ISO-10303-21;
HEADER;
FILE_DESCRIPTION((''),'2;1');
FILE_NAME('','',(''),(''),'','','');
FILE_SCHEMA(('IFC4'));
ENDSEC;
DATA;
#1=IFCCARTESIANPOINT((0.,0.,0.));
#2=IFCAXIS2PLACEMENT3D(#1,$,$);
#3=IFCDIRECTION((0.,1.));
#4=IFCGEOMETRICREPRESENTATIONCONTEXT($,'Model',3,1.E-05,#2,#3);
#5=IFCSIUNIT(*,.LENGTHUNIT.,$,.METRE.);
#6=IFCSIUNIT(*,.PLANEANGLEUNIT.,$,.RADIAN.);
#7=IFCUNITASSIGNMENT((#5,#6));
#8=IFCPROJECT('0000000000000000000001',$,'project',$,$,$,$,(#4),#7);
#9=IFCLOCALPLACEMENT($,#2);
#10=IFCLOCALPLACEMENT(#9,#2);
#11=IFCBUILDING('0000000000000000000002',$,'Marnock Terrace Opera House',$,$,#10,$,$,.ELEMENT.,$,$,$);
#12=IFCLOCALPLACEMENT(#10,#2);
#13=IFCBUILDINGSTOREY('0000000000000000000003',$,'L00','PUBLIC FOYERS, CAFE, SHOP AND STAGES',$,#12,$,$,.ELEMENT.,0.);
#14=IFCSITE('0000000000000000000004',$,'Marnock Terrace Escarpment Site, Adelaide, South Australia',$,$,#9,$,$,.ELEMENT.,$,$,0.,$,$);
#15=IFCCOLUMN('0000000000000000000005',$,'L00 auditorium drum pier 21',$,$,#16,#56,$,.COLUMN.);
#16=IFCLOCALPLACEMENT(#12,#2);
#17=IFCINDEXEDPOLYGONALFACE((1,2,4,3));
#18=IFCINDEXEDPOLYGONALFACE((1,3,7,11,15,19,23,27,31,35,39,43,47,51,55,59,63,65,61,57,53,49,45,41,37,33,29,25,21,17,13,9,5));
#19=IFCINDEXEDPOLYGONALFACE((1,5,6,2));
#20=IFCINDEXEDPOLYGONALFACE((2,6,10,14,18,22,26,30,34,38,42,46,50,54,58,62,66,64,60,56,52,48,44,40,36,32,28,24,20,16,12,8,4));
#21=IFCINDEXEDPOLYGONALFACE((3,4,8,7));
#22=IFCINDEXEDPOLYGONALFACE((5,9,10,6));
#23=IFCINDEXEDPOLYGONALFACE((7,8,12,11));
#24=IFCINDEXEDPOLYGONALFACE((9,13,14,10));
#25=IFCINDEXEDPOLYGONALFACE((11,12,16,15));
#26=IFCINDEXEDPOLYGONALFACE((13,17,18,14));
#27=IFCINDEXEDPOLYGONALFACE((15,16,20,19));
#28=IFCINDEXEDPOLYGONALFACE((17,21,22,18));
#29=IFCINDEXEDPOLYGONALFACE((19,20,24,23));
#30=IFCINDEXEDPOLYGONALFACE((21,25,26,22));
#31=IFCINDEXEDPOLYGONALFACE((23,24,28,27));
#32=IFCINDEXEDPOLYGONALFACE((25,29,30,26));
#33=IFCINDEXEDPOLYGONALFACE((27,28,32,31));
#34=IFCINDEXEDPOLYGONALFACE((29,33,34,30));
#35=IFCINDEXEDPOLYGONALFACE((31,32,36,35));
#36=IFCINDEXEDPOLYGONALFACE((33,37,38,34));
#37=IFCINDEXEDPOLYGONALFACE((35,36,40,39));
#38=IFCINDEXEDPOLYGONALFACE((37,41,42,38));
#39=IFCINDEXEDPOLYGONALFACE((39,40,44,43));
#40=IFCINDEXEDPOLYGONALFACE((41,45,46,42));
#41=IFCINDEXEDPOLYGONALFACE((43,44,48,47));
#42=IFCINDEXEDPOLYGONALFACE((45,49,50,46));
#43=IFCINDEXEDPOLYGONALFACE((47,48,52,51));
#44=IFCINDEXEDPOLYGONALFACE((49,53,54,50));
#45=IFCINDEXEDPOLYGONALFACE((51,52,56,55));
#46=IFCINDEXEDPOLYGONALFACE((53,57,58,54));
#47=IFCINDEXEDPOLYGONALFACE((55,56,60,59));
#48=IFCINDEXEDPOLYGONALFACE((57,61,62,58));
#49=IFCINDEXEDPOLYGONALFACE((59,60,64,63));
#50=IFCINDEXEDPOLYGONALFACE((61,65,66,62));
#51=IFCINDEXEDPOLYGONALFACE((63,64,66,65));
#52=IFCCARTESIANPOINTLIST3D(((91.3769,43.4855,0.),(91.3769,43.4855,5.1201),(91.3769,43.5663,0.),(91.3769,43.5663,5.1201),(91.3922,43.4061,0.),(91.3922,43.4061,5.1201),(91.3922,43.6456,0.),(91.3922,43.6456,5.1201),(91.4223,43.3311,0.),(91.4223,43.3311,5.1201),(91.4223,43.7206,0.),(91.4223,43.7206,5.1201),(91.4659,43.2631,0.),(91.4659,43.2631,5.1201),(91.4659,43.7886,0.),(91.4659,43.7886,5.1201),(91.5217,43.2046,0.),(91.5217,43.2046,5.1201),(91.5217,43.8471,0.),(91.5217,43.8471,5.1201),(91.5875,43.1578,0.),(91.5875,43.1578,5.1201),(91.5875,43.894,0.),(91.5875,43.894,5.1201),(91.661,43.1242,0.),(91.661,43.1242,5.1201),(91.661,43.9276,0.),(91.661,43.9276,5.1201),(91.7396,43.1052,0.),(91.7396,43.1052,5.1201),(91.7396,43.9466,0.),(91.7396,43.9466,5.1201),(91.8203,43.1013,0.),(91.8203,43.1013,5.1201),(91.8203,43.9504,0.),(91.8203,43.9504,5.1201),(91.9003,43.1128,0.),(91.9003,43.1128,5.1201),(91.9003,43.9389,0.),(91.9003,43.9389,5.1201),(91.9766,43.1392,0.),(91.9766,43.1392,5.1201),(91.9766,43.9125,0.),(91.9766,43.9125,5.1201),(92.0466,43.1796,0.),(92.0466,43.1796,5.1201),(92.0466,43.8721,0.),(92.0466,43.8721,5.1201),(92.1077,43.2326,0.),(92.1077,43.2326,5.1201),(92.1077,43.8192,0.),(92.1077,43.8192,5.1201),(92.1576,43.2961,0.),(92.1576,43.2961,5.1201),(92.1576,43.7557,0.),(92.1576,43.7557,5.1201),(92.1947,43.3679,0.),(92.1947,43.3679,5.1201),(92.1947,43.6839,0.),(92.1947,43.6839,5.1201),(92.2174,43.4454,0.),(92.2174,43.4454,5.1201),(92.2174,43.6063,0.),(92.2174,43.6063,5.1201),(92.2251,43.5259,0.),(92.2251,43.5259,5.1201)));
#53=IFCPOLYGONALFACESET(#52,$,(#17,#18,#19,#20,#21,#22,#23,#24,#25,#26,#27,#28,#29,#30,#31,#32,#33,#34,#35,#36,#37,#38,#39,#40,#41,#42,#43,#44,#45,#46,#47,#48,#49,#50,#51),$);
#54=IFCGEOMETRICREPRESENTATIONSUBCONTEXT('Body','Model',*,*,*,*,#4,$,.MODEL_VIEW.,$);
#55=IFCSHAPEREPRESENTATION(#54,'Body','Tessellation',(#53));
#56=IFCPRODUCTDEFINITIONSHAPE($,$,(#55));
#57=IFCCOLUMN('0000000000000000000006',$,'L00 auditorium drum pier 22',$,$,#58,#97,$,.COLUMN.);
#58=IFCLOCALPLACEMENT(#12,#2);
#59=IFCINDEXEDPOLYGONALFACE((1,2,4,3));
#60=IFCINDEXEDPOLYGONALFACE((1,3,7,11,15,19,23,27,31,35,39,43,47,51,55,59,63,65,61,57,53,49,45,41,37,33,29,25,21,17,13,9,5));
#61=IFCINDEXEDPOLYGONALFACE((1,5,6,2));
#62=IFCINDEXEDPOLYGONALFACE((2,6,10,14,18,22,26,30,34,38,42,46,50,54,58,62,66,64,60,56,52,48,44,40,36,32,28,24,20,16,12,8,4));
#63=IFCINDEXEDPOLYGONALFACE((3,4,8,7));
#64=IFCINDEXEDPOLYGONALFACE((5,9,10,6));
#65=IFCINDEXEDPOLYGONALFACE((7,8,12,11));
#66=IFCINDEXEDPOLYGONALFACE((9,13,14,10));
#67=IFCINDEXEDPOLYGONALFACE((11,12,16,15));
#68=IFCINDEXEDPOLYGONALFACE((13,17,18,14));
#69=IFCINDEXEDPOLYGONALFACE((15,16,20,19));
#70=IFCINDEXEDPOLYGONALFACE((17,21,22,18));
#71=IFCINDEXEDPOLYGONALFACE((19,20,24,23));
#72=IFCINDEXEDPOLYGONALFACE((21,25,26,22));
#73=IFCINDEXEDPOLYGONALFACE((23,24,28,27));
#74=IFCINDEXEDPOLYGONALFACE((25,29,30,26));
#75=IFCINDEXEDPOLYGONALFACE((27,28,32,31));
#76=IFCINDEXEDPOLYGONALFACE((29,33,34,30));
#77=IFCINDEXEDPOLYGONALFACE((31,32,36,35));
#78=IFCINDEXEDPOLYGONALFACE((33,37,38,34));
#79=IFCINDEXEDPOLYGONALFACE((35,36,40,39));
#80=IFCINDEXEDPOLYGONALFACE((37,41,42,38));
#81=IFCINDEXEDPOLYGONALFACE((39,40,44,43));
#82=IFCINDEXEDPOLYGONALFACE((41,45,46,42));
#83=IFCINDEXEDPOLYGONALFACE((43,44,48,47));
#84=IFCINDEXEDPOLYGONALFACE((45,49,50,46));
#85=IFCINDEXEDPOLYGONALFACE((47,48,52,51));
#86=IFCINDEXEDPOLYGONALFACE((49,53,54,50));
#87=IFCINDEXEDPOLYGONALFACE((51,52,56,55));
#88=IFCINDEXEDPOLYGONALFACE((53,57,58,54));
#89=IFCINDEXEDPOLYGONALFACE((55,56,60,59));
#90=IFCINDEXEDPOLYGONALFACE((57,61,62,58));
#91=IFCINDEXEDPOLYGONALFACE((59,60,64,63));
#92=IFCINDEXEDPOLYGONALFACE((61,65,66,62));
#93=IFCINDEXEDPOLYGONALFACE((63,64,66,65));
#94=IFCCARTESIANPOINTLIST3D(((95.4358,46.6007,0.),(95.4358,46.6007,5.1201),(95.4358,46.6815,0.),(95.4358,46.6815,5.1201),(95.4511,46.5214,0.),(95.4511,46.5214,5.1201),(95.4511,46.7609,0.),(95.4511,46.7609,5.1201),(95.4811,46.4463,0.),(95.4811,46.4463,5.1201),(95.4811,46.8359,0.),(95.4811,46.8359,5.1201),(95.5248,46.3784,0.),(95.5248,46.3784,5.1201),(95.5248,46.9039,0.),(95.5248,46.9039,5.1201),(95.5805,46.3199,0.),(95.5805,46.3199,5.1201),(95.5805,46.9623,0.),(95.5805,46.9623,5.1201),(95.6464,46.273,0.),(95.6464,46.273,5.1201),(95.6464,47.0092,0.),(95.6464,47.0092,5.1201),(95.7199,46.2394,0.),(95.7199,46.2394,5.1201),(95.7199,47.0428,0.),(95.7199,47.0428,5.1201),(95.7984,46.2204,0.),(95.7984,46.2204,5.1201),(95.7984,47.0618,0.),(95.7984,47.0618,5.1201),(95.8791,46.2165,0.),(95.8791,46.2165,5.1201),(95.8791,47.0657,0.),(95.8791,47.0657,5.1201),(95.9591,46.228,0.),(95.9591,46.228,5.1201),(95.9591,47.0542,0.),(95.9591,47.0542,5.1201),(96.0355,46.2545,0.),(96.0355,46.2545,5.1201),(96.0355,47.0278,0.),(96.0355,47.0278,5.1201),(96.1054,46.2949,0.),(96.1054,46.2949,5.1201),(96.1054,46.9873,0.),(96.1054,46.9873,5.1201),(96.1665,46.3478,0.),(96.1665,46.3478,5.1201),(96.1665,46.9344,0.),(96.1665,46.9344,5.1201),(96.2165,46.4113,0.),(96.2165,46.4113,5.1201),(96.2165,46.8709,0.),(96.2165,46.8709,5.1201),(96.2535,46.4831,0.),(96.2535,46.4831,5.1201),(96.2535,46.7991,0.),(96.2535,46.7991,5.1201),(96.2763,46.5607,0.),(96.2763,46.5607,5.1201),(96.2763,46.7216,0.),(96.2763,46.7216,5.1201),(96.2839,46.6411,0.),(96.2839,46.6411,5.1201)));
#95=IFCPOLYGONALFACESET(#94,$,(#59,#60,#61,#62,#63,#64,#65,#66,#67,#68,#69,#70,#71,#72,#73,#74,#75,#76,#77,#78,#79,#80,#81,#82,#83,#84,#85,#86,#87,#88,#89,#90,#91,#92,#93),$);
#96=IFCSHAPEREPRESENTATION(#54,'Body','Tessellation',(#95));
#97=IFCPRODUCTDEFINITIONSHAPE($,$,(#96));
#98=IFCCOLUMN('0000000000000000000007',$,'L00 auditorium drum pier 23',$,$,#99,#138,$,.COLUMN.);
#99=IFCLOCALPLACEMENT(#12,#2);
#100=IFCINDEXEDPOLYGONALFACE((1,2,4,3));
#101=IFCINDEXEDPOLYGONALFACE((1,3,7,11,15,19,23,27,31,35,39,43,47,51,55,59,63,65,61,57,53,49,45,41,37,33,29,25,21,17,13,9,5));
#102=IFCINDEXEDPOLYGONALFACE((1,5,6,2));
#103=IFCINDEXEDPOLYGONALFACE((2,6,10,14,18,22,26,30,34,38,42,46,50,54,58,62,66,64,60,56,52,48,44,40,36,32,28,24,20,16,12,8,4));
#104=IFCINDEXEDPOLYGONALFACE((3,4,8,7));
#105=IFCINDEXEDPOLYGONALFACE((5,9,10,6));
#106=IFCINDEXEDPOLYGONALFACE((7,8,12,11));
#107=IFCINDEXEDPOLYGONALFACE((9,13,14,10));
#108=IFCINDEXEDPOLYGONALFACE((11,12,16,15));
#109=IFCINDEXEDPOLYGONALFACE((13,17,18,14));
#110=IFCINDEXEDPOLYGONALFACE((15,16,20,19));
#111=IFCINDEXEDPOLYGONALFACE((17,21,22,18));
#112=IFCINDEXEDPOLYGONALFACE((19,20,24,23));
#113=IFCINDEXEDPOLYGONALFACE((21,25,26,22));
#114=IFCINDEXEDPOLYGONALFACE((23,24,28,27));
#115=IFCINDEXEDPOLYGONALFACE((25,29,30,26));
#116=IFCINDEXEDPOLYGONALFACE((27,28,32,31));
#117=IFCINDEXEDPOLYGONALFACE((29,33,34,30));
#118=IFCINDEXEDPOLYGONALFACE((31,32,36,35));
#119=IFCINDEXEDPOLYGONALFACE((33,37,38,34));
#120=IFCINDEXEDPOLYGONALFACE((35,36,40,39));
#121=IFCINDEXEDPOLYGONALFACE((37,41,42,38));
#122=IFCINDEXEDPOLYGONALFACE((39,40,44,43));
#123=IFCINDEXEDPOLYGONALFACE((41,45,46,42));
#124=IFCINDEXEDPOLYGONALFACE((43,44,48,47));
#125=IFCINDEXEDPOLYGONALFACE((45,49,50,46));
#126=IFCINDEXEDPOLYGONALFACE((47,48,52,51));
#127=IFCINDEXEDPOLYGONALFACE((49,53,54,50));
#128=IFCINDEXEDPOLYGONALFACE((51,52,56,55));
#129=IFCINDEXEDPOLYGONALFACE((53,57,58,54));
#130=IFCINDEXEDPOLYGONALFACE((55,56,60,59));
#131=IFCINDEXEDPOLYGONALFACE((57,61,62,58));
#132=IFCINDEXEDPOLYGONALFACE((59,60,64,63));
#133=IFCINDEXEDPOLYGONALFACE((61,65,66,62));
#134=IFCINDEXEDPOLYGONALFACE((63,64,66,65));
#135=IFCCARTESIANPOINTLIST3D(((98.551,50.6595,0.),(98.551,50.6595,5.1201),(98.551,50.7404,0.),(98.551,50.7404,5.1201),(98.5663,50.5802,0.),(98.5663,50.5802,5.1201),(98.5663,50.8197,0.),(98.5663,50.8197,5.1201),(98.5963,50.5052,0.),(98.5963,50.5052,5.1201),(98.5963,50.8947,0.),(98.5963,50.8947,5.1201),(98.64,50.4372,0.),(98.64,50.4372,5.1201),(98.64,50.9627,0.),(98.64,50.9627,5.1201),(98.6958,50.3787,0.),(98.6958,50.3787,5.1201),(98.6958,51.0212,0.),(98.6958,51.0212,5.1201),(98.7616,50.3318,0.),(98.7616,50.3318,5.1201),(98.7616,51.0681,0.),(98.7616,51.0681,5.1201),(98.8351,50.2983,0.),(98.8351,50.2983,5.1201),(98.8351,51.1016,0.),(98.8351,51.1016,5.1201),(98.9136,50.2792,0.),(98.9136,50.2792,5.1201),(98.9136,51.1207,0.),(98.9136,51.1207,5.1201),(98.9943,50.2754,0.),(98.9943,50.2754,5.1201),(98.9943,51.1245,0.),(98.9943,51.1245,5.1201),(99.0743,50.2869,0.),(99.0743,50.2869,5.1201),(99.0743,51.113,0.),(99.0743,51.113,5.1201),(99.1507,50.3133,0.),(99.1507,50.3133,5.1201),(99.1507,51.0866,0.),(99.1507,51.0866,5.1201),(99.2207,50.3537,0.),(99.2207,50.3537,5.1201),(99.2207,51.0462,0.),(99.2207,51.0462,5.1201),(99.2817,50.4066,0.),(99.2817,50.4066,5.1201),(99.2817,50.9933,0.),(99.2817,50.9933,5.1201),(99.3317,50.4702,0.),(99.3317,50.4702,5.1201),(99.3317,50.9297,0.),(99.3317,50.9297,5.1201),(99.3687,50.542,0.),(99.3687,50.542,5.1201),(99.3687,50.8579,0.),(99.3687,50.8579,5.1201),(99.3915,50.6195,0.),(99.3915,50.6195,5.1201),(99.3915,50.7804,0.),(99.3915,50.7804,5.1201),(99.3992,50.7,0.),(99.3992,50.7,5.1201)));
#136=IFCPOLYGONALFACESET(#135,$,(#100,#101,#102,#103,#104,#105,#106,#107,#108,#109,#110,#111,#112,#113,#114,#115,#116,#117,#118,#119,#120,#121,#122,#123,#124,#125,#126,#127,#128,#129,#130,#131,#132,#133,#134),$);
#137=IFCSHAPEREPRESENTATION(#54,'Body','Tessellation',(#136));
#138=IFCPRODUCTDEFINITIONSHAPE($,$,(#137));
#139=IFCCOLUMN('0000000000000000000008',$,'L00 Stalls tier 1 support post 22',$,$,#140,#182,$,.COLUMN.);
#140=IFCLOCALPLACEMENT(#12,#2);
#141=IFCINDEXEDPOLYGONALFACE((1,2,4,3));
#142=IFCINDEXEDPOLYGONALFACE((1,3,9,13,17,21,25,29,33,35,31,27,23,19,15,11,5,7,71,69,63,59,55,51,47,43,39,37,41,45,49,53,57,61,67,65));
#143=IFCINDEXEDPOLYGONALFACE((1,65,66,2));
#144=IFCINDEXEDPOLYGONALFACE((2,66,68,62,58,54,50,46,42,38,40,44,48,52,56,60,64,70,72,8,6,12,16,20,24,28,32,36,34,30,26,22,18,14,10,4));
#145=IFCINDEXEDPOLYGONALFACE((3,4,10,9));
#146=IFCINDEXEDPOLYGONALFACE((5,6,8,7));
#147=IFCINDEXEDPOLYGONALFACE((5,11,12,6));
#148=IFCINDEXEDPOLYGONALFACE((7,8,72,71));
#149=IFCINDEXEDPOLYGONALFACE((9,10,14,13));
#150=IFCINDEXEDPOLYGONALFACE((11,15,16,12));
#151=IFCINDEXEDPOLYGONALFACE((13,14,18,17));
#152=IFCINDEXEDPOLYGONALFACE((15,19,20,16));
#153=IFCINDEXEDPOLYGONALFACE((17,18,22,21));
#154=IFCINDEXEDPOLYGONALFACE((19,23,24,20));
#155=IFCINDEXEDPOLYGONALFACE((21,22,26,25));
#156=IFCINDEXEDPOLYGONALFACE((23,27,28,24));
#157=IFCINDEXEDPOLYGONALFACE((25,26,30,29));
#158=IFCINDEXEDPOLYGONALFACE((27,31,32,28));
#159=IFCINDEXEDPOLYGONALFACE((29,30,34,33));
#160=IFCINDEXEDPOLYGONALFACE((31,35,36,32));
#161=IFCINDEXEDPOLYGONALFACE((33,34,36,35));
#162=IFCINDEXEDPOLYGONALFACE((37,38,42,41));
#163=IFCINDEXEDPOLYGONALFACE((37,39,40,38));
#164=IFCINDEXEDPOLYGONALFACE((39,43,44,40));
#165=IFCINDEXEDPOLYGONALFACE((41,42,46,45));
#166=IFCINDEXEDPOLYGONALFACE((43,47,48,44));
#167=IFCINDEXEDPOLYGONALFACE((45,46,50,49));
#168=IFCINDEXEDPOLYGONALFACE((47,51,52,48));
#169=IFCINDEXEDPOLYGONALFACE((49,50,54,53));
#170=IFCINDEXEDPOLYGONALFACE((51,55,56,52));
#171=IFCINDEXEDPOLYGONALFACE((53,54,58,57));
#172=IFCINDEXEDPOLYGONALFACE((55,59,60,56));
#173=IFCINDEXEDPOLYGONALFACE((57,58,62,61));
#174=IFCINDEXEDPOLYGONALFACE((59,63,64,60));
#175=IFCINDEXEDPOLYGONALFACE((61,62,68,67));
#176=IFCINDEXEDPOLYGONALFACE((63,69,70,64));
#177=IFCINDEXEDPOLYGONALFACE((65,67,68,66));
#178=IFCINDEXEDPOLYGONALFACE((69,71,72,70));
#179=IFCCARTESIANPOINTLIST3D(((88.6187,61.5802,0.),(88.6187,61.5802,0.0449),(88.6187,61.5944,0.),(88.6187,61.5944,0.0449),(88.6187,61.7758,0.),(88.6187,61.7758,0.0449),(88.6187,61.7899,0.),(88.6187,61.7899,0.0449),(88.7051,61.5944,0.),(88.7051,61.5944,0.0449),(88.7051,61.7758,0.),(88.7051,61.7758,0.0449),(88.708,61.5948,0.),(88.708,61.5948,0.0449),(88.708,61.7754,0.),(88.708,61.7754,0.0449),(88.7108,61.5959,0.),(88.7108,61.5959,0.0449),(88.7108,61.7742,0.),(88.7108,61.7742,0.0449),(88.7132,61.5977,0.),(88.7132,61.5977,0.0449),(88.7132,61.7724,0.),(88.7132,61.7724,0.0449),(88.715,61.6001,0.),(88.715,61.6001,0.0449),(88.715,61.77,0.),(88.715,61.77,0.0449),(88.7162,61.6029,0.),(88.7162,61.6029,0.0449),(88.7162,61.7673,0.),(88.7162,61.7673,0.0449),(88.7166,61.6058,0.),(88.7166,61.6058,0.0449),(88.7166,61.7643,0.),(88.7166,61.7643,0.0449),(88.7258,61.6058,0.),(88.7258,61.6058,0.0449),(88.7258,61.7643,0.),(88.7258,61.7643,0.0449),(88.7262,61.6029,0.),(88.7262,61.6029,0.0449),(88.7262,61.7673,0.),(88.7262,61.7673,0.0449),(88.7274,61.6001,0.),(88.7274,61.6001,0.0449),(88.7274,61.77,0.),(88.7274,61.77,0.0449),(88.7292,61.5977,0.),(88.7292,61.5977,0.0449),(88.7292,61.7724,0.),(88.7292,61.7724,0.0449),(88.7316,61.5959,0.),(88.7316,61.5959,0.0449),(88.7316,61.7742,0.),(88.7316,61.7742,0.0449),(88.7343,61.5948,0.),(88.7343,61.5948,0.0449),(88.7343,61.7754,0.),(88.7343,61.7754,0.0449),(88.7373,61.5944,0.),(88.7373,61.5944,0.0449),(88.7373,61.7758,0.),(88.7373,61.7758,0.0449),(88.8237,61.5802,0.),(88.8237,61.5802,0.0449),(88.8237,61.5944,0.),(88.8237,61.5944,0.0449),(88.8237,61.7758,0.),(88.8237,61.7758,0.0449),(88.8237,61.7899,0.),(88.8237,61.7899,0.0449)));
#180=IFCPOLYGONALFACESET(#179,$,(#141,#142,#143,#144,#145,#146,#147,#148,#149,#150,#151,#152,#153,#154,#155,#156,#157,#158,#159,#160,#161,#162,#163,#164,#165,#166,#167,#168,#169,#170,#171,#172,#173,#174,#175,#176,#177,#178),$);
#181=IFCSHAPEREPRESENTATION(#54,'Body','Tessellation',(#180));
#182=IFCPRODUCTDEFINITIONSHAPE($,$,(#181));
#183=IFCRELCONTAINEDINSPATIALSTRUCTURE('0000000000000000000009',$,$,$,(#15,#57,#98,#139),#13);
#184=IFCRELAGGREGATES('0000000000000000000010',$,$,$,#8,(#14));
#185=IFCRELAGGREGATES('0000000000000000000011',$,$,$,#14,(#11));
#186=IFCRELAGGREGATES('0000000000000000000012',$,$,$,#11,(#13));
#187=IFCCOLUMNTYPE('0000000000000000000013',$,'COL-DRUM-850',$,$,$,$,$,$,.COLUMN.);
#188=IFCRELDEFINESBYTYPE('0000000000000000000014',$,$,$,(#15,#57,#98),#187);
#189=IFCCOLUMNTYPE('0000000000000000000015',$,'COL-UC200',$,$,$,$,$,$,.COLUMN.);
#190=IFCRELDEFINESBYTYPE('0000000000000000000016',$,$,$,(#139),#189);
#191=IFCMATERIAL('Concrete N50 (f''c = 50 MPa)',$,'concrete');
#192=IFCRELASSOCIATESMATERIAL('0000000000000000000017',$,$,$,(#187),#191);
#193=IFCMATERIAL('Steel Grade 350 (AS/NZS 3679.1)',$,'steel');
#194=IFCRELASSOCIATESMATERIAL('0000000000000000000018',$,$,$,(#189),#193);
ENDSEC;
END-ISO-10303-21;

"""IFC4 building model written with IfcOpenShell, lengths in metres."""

from ifc_helpers import new_model, si_unit, direction, frame, origin, origin_2d, place, context, subcontext, project, spatial, circle, i_section, extrude, material, material_profile, profile_set, type_object, element, save


model = new_model("IFC4")

# Units and contexts
model_context = context("Model", 3, precision=1e-05, world=origin(), true_north=direction((0.0, 1.0)))
body_context = subcontext(model_context, "Body", "Model", "MODEL_VIEW")
ifc_project = project(units=[si_unit("LENGTHUNIT", "METRE"), si_unit("PLANEANGLEUNIT", "RADIAN")], contexts=[model_context])

# Site, building, storey
site_placement = place(None, origin())
site = spatial("IfcSite", under=ifc_project, at=site_placement, Name="Marnock Terrace Escarpment Site, Adelaide, South Australia", CompositionType="ELEMENT", RefElevation=0.0)
building_placement = place(site_placement, origin())
building = spatial("IfcBuilding", under=site, at=building_placement, Name="Marnock Terrace Opera House", CompositionType="ELEMENT")
storey_placement = place(building_placement, origin())
storey = spatial("IfcBuildingStorey", under=building, at=storey_placement, Name="L00", Description="PUBLIC FOYERS, CAFE, SHOP AND STAGES", CompositionType="ELEMENT", Elevation=0.0)

# Columns
ifc_material_1 = material(Name="Concrete N50 (f'c = 50 MPa)", Category="concrete")
ifc_material_profile_1 = material_profile(ifc_material_1, circle(Radius=0.425, at=origin_2d()))
ifc_profile_set_1 = profile_set([ifc_material_profile_1], Name="Concrete N50 (f'c = 50 MPa)")
column_type_1 = type_object("IfcColumnType", Name="COL-DRUM-850", PredefinedType="COLUMN", material=ifc_profile_set_1)
for number, where, z_axis, x_axis, name in (
    (1, (91.8, 43.5259, 0.0), (0.0, 0.0, 1.0), (1.0, 0.0, 0.0), "L00 auditorium drum pier 21"),
    (2, (95.8589, 46.6411, 0.0), (0.0, 0.0, 1.0), (1.0, 0.0, 0.0), "L00 auditorium drum pier 22"),
    (3, (98.9741, 50.7, 0.0), (0.0, 0.0, 1.0), (1.0, 0.0, 0.0), "L00 auditorium drum pier 23"),
):
    element("IfcColumn", number, at=place(storey_placement, frame(where, z_axis=z_axis, x_axis=x_axis)), inside=storey, type_object=column_type_1, Name=name, PredefinedType="COLUMN", context=body_context, shape_type="SweptSolid", body=[
        extrude(circle(Radius=0.425, at=origin_2d()), origin(), (0.0, 0.0, 1.0), 5.1201),
    ])
ifc_material_2 = material(Name="Steel Grade 350 (AS/NZS 3679.1)", Category="steel")
ifc_material_profile_2 = material_profile(ifc_material_2, i_section(OverallWidth=0.2051, OverallDepth=0.2097, WebThickness=0.0093, FlangeThickness=0.0142, FilletRadius=0.0115, at=origin_2d()))
ifc_profile_set_2 = profile_set([ifc_material_profile_2], Name="Steel Grade 350 (AS/NZS 3679.1)")
column_type_2 = type_object("IfcColumnType", Name="COL-UC200", PredefinedType="COLUMN", material=ifc_profile_set_2)
column_1_placement = place(storey_placement, frame((88.7212, 61.6851, 0.0), z_axis=(0.0, 0.0, 1.0), x_axis=(1.0, 0.0, 0.0)))
element("IfcColumn", 4, at=column_1_placement, inside=storey, type_object=column_type_2, Name="L00 Stalls tier 1 support post 22", PredefinedType="COLUMN", context=body_context, shape_type="SweptSolid", body=[
    extrude(i_section(OverallWidth=0.2051, OverallDepth=0.2097, WebThickness=0.0093, FlangeThickness=0.0142, FilletRadius=0.0115, at=origin_2d()), origin(), (0.0, 0.0, 1.0), 0.0449),
])

save(model, "model.ifc")
